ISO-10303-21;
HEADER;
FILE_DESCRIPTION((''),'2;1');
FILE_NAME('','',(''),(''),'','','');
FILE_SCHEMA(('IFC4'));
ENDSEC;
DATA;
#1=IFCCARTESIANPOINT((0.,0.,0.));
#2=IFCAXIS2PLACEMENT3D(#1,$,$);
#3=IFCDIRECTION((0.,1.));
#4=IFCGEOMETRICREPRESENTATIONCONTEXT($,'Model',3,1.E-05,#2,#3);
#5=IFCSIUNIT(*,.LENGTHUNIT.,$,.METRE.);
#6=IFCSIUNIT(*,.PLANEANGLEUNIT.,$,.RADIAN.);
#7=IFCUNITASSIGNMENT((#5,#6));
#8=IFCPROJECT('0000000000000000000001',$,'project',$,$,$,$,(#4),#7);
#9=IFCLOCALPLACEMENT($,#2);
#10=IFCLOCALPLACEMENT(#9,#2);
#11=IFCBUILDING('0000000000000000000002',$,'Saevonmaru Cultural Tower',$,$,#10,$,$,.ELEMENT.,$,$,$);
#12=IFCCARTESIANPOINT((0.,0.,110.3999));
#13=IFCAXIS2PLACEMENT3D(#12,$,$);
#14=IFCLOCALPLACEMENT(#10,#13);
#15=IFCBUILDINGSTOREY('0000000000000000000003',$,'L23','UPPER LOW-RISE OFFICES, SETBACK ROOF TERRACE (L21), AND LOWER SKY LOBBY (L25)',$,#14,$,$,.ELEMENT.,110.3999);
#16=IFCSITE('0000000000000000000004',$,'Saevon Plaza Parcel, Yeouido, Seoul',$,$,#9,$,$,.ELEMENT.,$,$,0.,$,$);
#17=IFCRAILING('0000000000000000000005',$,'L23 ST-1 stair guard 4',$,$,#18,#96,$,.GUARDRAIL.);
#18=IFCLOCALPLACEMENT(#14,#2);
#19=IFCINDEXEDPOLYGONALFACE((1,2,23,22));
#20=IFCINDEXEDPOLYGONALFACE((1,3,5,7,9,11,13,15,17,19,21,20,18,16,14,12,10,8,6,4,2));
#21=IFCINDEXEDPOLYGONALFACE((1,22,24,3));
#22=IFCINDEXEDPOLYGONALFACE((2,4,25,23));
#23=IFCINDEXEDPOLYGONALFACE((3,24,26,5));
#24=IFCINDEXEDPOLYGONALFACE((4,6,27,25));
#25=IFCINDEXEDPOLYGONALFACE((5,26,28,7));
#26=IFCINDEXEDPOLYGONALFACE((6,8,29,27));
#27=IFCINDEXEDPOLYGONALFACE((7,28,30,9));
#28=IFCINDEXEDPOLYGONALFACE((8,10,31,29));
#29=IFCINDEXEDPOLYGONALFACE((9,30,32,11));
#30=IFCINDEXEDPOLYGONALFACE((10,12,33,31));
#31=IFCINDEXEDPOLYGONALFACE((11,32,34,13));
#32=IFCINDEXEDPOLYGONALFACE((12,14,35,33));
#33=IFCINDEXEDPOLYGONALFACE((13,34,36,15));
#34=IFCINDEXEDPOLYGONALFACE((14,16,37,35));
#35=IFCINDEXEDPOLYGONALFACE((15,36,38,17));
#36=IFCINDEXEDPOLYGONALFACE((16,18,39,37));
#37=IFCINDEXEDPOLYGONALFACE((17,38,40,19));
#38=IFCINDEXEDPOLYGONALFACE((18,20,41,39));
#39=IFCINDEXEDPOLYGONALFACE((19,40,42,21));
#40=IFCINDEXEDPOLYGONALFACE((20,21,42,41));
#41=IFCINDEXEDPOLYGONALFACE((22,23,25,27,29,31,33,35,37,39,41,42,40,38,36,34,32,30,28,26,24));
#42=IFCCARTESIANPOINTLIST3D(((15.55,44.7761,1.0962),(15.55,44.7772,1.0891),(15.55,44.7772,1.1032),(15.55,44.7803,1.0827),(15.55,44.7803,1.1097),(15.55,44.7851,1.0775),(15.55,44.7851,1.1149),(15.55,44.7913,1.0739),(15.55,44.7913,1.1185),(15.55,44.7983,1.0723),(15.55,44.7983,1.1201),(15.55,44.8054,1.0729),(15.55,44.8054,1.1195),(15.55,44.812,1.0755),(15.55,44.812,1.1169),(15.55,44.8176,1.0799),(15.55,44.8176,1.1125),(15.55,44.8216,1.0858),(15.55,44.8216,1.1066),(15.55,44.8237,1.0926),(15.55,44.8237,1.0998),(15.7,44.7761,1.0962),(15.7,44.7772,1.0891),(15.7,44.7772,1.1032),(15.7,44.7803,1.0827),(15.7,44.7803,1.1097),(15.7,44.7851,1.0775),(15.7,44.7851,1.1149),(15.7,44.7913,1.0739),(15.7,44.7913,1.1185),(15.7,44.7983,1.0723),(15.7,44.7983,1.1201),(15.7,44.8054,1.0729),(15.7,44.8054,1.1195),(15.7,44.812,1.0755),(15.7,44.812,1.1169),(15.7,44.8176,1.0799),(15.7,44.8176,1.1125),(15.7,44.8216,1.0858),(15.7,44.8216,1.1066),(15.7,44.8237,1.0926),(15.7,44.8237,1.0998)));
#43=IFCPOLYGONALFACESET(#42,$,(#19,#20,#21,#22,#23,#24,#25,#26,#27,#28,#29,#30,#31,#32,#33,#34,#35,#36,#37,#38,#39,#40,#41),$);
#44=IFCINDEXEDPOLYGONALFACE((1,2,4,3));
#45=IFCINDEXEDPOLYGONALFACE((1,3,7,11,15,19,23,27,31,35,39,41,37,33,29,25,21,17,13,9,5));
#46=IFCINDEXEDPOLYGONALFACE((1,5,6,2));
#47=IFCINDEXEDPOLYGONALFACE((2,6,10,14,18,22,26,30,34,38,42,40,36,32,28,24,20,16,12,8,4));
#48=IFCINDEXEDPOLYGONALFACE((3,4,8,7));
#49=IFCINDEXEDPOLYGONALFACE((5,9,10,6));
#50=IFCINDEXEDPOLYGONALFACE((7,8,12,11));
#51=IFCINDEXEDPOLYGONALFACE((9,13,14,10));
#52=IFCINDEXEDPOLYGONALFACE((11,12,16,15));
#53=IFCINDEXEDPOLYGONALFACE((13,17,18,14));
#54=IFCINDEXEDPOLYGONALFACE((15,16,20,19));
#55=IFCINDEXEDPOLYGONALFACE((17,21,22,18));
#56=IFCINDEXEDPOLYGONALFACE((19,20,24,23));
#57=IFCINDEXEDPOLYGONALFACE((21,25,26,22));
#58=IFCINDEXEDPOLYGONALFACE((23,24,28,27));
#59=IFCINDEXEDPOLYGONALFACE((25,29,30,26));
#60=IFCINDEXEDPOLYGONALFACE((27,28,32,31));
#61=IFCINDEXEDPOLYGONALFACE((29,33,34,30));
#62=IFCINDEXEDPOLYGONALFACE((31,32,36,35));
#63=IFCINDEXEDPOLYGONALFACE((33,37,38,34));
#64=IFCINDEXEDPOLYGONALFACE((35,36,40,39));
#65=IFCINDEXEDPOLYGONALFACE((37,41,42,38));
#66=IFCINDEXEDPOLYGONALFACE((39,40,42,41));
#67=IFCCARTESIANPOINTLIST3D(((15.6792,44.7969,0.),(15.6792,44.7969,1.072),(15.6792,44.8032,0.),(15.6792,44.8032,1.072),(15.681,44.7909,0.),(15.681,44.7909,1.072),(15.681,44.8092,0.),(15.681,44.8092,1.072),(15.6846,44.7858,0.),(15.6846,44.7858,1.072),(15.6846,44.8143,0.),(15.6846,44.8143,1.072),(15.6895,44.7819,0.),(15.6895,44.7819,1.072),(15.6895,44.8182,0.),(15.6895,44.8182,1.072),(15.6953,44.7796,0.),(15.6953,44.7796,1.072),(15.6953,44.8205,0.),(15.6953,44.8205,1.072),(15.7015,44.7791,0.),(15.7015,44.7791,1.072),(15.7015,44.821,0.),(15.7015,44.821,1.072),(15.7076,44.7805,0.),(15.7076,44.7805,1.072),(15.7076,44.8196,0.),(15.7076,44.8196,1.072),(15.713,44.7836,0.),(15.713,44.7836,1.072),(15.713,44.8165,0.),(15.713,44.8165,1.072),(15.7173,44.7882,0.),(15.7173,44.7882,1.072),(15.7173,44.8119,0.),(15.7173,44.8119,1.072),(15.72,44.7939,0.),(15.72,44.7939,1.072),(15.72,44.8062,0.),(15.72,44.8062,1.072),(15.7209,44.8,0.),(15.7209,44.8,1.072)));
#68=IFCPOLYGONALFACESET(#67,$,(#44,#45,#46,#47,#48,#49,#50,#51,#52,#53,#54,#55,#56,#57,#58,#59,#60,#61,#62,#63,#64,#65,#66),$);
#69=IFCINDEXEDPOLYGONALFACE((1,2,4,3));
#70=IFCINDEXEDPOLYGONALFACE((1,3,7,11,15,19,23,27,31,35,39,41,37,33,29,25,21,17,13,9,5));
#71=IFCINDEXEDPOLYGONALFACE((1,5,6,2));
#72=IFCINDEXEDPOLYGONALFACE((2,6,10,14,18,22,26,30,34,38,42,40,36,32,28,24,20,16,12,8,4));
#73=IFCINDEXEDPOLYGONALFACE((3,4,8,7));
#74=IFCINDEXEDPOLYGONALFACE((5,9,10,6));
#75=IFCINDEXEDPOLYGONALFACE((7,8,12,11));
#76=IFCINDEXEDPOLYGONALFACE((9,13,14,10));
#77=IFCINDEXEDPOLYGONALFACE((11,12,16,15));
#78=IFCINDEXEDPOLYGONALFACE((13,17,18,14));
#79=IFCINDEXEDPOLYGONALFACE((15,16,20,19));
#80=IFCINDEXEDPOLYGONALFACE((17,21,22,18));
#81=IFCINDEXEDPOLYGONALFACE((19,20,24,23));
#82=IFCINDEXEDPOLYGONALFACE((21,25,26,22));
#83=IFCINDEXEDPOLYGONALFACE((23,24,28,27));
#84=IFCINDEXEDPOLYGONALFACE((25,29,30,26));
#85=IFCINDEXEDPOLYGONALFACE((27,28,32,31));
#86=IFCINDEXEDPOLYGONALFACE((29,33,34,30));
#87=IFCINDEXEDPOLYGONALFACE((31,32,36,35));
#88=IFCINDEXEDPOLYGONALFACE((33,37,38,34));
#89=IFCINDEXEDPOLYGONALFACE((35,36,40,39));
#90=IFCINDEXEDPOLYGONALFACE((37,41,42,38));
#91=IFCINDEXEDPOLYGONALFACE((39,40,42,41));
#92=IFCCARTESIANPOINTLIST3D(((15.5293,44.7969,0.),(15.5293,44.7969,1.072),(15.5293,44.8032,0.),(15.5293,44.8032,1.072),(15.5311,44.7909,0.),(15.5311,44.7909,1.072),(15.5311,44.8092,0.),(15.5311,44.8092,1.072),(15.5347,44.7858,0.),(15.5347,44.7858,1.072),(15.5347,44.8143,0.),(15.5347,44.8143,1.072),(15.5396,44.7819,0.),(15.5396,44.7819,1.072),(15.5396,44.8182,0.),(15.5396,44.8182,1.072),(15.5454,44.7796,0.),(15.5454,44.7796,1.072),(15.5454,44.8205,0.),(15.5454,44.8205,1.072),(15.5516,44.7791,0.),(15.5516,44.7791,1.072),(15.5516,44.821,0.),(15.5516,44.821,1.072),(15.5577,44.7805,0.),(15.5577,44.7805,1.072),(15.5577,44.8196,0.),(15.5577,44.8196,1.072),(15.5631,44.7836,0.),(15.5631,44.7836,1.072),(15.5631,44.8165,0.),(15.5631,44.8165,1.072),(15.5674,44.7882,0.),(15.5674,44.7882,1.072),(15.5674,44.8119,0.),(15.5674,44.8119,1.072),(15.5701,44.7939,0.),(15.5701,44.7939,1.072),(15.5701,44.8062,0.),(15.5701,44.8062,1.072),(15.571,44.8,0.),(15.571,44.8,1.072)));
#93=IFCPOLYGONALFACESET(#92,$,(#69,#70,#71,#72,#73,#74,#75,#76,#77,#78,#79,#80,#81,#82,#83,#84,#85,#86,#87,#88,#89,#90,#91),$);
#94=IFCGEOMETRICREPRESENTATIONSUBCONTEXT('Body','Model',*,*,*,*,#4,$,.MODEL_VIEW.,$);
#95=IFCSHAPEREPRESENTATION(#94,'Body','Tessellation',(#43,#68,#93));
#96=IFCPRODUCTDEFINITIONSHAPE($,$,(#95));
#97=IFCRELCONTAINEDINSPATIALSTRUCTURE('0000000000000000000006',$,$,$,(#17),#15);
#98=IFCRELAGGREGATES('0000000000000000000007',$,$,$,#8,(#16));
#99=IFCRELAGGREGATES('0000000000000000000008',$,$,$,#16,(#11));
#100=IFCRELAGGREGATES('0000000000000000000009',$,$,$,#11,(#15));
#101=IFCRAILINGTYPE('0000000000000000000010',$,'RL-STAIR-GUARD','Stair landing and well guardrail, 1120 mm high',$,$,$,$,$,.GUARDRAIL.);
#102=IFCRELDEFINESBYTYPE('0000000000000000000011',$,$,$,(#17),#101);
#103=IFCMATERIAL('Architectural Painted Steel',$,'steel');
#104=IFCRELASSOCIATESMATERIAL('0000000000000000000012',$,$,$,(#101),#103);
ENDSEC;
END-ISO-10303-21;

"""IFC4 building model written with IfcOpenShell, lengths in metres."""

from ifc_helpers import new_model, si_unit, direction, frame, origin, origin_2d, place, context, subcontext, project, spatial, circle, extrude, material, type_object, element, save


model = new_model("IFC4")

# Units and contexts
model_context = context("Model", 3, precision=1e-05, world=origin(), true_north=direction((0.0, 1.0)))
body_context = subcontext(model_context, "Body", "Model", "MODEL_VIEW")
ifc_project = project(units=[si_unit("LENGTHUNIT", "METRE"), si_unit("PLANEANGLEUNIT", "RADIAN")], contexts=[model_context])

# Site, building, storey
site_placement = place(None, origin())
site = spatial("IfcSite", under=ifc_project, at=site_placement, Name="Saevon Plaza Parcel, Yeouido, Seoul", CompositionType="ELEMENT", RefElevation=0.0)
building_placement = place(site_placement, origin())
building = spatial("IfcBuilding", under=site, at=building_placement, Name="Saevonmaru Cultural Tower", CompositionType="ELEMENT")
storey_placement = place(building_placement, frame((0.0, 0.0, 110.3999)))
storey = spatial("IfcBuildingStorey", under=building, at=storey_placement, Name="L23", Description="UPPER LOW-RISE OFFICES, SETBACK ROOF TERRACE (L21), AND LOWER SKY LOBBY (L25)", CompositionType="ELEMENT", Elevation=110.3999)

# Railing
ifc_material_1 = material(Name="Architectural Painted Steel", Category="steel")
railing_type_1 = type_object("IfcRailingType", Name="RL-STAIR-GUARD", Description="Stair landing and well guardrail, 1120 mm high", PredefinedType="GUARDRAIL", material=ifc_material_1)
railing_1_placement = place(storey_placement, frame((15.7, 44.8, 0.0)))
element("IfcRailing", 1, at=railing_1_placement, inside=storey, type_object=railing_type_1, Name="L23 ST-1 stair guard 4", PredefinedType="GUARDRAIL", context=body_context, shape_type="SweptSolid", body=[
    extrude(circle(Radius=0.0239, at=origin_2d()), frame((0.0, 0.0, 1.0962), z_axis=(-1.0, 0.0, 0.0), x_axis=(0.0, -1.0, 0.0)), (0.0, 0.0, 1.0), 0.1499),
    extrude(circle(Radius=0.021, at=origin_2d()), origin(), (0.0, 0.0, 1.0), 1.072),
    extrude(circle(Radius=0.021, at=origin_2d()), frame((-0.1499, 0.0, 0.0)), (0.0, 0.0, 1.0), 1.072),
])

save(model, "model.ifc")
